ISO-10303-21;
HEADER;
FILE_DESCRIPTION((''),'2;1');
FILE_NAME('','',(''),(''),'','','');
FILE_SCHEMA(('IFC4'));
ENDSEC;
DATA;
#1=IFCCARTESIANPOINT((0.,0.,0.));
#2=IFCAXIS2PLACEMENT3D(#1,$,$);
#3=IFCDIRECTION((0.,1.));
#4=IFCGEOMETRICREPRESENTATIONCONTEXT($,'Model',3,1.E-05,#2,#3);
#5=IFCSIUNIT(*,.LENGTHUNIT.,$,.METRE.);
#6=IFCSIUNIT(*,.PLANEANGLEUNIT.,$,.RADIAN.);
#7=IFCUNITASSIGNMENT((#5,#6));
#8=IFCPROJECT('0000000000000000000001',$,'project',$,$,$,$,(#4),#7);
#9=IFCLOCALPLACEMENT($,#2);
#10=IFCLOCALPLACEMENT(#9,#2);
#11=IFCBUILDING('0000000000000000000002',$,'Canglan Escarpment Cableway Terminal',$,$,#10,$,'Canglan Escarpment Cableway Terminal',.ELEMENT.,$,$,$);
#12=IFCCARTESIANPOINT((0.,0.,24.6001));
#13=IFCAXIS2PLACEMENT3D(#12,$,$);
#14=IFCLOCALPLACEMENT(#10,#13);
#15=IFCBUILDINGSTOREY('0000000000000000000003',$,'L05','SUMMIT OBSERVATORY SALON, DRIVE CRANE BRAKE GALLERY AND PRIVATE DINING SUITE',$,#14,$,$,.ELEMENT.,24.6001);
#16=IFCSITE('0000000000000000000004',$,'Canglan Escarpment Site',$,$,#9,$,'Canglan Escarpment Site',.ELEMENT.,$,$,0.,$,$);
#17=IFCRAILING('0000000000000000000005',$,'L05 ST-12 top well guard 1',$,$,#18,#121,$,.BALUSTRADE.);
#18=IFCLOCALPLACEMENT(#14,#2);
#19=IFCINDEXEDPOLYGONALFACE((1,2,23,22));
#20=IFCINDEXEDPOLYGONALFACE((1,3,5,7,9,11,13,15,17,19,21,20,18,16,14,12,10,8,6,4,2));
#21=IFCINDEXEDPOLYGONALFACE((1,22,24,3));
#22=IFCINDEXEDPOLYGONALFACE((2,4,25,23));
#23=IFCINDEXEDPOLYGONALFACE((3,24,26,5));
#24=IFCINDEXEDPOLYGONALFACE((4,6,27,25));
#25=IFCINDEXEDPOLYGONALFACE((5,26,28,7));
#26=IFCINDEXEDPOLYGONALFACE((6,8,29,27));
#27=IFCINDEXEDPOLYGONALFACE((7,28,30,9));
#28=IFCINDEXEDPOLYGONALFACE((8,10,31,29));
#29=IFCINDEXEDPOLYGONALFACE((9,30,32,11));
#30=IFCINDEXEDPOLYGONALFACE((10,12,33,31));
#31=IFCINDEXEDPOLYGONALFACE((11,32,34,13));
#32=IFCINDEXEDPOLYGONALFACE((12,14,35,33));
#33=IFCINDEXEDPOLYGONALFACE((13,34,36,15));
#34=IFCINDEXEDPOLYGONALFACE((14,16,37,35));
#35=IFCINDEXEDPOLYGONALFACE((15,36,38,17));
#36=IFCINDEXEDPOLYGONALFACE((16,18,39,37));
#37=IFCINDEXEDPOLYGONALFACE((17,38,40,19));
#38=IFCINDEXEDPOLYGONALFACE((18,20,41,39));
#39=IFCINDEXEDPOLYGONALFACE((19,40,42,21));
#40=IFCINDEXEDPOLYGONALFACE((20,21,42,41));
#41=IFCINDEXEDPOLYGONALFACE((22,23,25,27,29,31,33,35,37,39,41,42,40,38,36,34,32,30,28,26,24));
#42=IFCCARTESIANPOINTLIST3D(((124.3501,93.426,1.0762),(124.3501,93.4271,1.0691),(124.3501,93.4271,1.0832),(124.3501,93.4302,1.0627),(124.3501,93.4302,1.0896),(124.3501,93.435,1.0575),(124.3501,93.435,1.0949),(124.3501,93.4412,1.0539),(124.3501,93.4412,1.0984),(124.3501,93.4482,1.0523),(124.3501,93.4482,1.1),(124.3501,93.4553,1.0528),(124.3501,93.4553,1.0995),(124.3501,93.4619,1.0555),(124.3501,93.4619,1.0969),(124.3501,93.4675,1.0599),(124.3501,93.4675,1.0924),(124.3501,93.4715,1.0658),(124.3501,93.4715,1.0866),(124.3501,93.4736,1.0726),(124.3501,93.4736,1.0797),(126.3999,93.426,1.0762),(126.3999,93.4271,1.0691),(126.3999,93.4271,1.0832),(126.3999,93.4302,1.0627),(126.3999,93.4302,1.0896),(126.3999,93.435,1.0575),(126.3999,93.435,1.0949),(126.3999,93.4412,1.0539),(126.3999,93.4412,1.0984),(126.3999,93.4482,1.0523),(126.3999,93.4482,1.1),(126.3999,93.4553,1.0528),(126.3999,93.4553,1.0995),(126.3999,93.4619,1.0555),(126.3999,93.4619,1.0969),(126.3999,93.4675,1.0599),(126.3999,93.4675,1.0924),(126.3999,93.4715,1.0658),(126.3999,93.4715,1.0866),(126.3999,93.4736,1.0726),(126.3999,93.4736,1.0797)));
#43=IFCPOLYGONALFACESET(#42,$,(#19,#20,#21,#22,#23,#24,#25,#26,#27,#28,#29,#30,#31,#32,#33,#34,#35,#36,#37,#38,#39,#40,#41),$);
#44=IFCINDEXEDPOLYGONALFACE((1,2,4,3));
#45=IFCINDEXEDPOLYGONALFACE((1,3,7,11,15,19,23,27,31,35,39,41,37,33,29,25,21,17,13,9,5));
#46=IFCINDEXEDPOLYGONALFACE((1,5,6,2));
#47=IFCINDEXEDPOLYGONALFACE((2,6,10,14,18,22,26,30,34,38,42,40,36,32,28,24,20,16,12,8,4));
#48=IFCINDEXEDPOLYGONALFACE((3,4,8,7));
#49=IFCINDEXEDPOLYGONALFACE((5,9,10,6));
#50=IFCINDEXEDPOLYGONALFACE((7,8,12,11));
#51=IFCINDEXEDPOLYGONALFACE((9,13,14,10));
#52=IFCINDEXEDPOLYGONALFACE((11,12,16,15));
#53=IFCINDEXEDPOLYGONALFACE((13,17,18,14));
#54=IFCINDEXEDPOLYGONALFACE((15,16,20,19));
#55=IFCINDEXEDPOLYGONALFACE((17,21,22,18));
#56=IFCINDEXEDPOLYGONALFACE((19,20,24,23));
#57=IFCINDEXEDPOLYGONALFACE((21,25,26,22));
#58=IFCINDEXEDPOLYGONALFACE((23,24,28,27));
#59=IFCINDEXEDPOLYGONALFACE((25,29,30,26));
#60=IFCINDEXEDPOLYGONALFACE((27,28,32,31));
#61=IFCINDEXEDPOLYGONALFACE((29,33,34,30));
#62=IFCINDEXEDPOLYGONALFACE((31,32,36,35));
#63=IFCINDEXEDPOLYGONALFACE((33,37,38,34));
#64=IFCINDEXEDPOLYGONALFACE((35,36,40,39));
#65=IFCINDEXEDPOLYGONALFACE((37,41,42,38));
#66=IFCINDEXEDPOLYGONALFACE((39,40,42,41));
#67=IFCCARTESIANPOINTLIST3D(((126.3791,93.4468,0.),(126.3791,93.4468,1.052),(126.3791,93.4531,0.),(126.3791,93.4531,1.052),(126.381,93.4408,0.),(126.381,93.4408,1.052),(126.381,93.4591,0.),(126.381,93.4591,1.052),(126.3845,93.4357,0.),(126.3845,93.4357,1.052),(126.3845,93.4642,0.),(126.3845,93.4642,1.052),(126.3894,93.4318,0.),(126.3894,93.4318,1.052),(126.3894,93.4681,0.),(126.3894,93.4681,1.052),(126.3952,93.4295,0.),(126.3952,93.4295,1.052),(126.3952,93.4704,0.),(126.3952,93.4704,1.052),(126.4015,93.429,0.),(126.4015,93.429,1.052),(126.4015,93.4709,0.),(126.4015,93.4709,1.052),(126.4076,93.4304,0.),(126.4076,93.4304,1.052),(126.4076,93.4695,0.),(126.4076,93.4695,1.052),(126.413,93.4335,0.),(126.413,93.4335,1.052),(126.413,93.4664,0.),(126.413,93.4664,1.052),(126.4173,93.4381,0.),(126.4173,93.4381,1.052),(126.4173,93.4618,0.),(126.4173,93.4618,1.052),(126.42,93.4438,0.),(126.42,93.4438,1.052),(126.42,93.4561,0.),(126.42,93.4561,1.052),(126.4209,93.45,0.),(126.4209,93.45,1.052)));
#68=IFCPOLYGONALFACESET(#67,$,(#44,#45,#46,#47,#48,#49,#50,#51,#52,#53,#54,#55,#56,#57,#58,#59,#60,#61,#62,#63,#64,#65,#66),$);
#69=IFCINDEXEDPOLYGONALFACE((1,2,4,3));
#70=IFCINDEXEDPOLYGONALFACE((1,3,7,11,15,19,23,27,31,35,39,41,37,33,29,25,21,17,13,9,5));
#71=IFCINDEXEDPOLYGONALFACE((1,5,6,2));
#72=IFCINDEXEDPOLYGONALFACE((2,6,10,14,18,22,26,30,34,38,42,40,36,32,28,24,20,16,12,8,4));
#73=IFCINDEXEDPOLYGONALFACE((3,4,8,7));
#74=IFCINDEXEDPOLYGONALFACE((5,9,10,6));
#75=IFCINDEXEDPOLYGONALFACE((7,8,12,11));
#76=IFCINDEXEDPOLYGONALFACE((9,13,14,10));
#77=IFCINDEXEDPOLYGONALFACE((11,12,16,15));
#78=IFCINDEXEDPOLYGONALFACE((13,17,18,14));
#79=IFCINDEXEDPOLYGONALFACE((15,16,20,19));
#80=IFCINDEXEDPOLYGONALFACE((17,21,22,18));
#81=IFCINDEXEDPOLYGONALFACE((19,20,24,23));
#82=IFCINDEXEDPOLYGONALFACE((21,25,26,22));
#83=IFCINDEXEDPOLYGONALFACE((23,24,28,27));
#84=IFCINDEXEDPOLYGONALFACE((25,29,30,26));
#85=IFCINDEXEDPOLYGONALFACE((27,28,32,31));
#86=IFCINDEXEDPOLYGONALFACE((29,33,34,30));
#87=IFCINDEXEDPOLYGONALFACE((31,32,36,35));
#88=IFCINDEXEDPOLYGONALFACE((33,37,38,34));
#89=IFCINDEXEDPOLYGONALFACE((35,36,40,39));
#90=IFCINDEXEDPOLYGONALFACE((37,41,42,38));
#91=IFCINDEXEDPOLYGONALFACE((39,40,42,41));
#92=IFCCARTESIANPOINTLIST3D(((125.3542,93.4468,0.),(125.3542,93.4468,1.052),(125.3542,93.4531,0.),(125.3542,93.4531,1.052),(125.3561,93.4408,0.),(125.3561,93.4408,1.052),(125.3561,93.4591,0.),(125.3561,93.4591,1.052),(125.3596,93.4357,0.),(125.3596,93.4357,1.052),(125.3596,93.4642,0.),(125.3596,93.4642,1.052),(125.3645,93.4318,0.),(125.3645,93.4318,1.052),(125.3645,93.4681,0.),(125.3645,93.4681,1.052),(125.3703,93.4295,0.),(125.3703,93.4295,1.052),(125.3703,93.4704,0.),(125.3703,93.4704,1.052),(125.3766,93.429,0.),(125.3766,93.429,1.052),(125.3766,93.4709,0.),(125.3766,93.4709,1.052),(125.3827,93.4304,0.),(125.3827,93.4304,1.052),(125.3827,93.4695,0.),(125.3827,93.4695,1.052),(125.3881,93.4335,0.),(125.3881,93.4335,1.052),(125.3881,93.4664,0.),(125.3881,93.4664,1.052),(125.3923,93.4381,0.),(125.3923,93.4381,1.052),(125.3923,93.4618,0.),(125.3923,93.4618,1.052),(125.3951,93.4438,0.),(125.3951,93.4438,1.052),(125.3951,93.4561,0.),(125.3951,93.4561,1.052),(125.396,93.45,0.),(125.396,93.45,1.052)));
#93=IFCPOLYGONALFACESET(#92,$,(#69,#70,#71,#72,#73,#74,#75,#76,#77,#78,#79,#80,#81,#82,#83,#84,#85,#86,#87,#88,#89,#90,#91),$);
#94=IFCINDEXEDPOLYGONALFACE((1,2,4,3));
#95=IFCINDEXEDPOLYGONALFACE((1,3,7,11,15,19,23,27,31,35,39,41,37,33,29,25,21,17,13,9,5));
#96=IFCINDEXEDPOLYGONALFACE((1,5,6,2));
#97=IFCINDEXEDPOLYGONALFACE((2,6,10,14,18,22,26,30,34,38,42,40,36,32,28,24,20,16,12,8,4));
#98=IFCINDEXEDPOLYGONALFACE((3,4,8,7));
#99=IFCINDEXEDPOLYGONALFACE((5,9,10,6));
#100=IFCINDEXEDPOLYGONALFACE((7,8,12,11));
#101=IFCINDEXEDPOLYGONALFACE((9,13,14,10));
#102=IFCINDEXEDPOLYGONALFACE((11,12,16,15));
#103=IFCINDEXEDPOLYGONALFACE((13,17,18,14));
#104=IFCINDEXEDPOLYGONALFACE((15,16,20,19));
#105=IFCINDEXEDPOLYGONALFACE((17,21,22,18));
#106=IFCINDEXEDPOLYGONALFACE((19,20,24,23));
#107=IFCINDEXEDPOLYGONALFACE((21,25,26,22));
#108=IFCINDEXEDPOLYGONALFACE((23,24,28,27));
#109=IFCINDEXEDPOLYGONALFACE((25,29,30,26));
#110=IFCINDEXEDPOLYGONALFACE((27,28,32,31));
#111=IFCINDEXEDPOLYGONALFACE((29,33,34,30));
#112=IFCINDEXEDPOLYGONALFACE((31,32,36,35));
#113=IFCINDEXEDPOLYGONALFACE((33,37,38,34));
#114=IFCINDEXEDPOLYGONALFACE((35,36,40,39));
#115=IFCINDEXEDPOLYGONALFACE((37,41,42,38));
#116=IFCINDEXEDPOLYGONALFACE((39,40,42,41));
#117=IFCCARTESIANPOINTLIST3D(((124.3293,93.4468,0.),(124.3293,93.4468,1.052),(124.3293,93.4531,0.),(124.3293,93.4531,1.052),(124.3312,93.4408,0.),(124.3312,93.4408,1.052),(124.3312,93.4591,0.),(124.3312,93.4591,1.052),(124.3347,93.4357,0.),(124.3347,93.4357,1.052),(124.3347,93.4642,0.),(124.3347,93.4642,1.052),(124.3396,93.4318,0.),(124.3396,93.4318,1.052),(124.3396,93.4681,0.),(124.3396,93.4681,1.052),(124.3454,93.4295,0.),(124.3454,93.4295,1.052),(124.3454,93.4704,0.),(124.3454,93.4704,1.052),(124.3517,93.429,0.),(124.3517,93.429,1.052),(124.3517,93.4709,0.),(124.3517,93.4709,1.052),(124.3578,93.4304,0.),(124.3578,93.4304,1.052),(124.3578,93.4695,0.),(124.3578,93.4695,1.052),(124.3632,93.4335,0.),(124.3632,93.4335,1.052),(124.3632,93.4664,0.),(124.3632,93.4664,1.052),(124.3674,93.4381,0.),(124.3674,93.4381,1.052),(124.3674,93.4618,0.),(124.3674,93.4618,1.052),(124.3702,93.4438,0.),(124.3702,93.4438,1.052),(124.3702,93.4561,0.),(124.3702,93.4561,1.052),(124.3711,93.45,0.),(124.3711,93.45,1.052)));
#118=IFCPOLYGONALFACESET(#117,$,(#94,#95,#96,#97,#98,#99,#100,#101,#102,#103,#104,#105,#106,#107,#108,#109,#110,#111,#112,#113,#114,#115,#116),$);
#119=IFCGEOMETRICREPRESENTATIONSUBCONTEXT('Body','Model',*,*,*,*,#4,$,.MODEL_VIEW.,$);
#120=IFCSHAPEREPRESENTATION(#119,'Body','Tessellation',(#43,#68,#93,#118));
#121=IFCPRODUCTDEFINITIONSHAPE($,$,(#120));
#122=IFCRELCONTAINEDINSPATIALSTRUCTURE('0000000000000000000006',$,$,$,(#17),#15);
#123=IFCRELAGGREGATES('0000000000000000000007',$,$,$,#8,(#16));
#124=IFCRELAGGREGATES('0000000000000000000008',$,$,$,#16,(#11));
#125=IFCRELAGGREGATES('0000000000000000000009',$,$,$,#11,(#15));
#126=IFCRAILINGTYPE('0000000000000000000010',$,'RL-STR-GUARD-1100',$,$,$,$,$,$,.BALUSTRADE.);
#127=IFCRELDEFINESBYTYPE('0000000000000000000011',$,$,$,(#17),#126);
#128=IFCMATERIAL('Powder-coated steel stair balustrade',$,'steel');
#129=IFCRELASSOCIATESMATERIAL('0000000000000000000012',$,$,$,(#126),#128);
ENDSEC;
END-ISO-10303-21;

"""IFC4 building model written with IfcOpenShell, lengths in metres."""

from ifc_helpers import new_model, si_unit, direction, frame, origin, origin_2d, place, context, subcontext, project, spatial, circle, extrude, material, type_object, element, save


model = new_model("IFC4")

# Units and contexts
model_context = context("Model", 3, precision=1e-05, world=origin(), true_north=direction((0.0, 1.0)))
body_context = subcontext(model_context, "Body", "Model", "MODEL_VIEW")
ifc_project = project(units=[si_unit("LENGTHUNIT", "METRE"), si_unit("PLANEANGLEUNIT", "RADIAN")], contexts=[model_context])

# Site, building, storey
site_placement = place(None, origin())
site = spatial("IfcSite", under=ifc_project, at=site_placement, Name="Canglan Escarpment Site", LongName="Canglan Escarpment Site", CompositionType="ELEMENT", RefElevation=0.0)
building_placement = place(site_placement, origin())
building = spatial("IfcBuilding", under=site, at=building_placement, Name="Canglan Escarpment Cableway Terminal", LongName="Canglan Escarpment Cableway Terminal", CompositionType="ELEMENT")
storey_placement = place(building_placement, frame((0.0, 0.0, 24.6001)))
storey = spatial("IfcBuildingStorey", under=building, at=storey_placement, Name="L05", Description="SUMMIT OBSERVATORY SALON, DRIVE CRANE BRAKE GALLERY AND PRIVATE DINING SUITE", CompositionType="ELEMENT", Elevation=24.6001)

# Railing
ifc_material_1 = material(Name="Powder-coated steel stair balustrade", Category="steel")
railing_type = type_object("IfcRailingType", Name="RL-STR-GUARD-1100", PredefinedType="BALUSTRADE", material=ifc_material_1)
railing_placement = place(storey_placement, frame((126.3999, 93.45, 0.0)))
element("IfcRailing", 1, at=railing_placement, inside=storey, type_object=railing_type, Name="L05 ST-12 top well guard 1", PredefinedType="BALUSTRADE", context=body_context, shape_type="SweptSolid", body=[
    extrude(circle(Radius=0.0239, at=origin_2d()), frame((0.0, 0.0, 1.0762), z_axis=(-1.0, 0.0, 0.0), x_axis=(0.0, -1.0, 0.0)), (0.0, 0.0, 1.0), 2.0498),
    extrude(circle(Radius=0.021, at=origin_2d()), origin(), (0.0, 0.0, 1.0), 1.052),
    extrude(circle(Radius=0.021, at=origin_2d()), frame((-1.0249, 0.0, 0.0)), (0.0, 0.0, 1.0), 1.052),
    extrude(circle(Radius=0.021, at=origin_2d()), frame((-2.0498, 0.0, 0.0)), (0.0, 0.0, 1.0), 1.052),
])

save(model, "model.ifc")
